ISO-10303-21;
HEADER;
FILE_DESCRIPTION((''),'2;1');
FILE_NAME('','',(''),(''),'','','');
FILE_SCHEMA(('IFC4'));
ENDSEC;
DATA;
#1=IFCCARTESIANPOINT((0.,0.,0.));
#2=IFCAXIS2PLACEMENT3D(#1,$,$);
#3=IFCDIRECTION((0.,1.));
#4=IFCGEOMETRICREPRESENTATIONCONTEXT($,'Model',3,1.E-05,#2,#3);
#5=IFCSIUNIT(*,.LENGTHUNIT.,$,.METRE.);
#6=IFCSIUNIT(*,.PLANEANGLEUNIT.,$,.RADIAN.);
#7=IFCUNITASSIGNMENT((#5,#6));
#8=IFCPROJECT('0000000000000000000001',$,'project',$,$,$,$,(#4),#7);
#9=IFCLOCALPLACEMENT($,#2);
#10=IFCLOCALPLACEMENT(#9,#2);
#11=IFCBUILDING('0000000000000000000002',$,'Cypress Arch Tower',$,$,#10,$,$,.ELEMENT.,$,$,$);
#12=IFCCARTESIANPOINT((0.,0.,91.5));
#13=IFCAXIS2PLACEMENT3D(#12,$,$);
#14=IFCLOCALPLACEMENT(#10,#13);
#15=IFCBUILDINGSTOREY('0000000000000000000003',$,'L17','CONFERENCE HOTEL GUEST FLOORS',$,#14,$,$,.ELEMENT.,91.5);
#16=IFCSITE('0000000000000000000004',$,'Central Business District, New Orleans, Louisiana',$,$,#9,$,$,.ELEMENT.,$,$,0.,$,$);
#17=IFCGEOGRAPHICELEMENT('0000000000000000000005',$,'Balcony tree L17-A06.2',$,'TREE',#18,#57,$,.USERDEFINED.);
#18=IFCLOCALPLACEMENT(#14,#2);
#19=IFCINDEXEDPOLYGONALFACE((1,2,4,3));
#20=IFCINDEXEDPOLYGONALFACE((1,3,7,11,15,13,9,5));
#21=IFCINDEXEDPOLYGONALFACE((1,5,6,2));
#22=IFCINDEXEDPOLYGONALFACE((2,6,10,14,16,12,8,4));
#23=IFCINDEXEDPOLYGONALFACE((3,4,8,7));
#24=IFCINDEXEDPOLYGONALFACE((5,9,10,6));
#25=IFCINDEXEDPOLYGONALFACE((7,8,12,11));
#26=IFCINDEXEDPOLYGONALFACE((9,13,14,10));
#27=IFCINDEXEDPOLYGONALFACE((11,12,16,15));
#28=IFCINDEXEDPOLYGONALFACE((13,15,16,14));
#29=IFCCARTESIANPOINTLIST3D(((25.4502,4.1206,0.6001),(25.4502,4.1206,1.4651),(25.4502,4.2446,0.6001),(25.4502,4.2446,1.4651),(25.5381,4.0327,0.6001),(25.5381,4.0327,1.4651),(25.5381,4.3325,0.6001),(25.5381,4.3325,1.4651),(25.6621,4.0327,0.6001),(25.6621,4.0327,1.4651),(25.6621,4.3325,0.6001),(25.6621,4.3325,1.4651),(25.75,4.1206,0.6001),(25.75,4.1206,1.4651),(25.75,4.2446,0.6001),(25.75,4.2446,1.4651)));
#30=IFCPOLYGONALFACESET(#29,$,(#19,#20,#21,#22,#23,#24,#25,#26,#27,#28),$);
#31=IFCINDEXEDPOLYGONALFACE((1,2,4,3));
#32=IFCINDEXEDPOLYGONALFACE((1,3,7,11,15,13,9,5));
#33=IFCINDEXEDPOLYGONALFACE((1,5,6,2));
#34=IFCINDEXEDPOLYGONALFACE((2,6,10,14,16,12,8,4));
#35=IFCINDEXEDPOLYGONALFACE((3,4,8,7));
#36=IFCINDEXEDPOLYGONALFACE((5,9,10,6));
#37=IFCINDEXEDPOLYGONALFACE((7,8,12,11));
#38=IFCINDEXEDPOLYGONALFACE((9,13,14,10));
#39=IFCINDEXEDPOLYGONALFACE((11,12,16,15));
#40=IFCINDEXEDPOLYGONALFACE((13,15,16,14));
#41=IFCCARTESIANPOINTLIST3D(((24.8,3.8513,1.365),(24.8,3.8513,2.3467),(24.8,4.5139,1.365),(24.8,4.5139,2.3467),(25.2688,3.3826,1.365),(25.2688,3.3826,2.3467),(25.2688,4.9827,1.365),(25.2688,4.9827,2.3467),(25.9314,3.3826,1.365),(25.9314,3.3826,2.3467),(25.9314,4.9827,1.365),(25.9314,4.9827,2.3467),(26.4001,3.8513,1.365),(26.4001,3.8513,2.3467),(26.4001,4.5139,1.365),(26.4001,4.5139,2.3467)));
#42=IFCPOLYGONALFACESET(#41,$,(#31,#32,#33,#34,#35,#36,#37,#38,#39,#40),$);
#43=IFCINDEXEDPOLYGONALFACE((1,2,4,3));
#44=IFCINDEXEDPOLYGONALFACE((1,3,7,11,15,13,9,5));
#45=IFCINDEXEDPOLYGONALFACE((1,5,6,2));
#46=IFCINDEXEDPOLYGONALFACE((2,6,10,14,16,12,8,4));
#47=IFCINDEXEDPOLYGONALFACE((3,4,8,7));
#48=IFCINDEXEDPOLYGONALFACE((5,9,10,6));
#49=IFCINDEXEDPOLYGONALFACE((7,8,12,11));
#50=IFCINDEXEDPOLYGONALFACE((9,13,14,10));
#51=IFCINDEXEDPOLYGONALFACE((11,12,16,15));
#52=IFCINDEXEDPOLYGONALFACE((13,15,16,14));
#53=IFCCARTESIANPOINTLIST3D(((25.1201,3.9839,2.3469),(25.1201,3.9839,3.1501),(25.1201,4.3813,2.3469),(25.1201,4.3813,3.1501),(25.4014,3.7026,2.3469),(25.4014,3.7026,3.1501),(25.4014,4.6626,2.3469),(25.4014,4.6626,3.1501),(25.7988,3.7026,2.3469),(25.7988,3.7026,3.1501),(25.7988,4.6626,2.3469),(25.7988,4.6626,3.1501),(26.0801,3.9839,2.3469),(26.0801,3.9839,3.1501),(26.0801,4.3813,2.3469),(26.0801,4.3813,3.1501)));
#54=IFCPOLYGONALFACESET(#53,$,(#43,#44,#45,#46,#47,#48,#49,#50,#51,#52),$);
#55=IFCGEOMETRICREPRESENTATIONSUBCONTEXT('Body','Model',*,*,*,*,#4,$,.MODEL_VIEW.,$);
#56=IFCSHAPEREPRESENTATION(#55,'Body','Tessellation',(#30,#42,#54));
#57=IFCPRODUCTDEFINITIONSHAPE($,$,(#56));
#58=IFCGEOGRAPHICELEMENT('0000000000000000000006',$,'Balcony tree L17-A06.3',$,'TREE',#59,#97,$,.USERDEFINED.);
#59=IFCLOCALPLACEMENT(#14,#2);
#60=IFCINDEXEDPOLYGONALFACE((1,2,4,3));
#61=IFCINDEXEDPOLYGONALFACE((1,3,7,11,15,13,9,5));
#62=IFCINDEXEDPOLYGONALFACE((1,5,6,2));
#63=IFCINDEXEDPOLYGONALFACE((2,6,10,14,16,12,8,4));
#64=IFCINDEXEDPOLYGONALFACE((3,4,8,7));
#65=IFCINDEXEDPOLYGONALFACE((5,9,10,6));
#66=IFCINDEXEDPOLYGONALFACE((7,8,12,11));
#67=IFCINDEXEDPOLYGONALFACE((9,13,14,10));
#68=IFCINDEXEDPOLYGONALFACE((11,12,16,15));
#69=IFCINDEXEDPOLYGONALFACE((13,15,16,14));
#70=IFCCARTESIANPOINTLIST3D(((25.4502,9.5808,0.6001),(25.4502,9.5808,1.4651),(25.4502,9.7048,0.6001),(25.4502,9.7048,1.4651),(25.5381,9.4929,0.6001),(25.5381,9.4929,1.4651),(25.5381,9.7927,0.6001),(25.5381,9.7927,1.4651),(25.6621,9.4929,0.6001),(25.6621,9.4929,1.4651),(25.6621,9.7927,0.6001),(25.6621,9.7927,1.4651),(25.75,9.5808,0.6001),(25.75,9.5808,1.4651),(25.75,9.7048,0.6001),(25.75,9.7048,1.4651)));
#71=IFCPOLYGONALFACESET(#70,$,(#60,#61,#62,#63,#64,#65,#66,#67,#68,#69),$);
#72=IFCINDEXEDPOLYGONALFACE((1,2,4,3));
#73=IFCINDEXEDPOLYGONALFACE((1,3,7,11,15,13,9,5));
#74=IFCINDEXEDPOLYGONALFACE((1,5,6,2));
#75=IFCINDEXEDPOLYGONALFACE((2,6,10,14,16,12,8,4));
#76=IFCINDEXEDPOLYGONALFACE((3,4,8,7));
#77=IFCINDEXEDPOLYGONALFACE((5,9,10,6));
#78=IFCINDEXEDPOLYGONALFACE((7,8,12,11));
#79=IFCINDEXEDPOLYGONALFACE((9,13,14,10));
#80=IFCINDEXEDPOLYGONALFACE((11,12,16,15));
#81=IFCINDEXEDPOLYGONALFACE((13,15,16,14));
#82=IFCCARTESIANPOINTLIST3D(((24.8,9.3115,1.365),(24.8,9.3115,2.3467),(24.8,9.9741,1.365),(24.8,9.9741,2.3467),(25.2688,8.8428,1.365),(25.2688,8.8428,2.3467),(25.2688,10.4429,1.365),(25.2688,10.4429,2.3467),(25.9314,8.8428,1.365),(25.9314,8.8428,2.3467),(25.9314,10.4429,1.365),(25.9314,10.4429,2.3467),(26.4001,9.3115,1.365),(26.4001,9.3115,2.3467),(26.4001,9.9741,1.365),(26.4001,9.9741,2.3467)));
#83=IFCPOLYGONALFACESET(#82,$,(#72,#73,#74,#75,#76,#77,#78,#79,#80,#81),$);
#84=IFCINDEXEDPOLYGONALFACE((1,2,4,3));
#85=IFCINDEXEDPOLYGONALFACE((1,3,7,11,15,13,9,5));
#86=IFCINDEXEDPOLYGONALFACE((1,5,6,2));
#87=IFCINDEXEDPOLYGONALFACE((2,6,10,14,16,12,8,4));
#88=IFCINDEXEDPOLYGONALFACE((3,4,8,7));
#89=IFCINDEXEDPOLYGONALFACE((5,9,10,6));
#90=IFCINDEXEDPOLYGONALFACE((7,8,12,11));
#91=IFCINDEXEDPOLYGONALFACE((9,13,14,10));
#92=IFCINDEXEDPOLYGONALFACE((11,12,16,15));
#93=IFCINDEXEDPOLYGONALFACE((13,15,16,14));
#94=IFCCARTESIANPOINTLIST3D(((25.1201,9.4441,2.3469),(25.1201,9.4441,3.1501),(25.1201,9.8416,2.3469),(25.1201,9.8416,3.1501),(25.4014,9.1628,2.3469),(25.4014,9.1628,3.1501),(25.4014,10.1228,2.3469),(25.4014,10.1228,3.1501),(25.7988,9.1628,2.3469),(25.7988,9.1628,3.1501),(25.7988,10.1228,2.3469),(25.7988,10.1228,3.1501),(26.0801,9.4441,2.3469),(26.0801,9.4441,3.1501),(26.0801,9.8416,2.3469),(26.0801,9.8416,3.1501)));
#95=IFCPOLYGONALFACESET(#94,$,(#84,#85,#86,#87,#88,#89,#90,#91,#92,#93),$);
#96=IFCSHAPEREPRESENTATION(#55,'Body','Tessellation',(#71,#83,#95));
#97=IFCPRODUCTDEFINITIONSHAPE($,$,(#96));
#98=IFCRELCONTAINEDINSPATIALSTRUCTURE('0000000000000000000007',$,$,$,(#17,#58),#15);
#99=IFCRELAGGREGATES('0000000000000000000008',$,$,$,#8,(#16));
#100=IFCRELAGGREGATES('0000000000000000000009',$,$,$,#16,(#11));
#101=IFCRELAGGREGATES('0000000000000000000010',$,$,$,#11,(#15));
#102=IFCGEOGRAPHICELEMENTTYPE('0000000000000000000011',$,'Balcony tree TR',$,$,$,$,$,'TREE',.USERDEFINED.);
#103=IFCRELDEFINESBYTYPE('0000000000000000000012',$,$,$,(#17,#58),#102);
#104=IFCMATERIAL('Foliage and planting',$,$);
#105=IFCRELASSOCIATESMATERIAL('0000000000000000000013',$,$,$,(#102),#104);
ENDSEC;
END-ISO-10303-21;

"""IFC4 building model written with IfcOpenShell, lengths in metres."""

from ifc_helpers import new_model, si_unit, direction, frame, origin, place, context, subcontext, project, spatial, polyline, outline, extrude, material, type_object, element, save


model = new_model("IFC4")

# Units and contexts
model_context = context("Model", 3, precision=1e-05, world=origin(), true_north=direction((0.0, 1.0)))
body_context = subcontext(model_context, "Body", "Model", "MODEL_VIEW")
ifc_project = project(units=[si_unit("LENGTHUNIT", "METRE"), si_unit("PLANEANGLEUNIT", "RADIAN")], contexts=[model_context])

# Site, building, storey
site_placement = place(None, origin())
site = spatial("IfcSite", under=ifc_project, at=site_placement, Name="Central Business District, New Orleans, Louisiana", CompositionType="ELEMENT", RefElevation=0.0)
building_placement = place(site_placement, origin())
building = spatial("IfcBuilding", under=site, at=building_placement, Name="Cypress Arch Tower", CompositionType="ELEMENT")
storey_placement = place(building_placement, frame((0.0, 0.0, 91.5)))
storey = spatial("IfcBuildingStorey", under=building, at=storey_placement, Name="L17", Description="CONFERENCE HOTEL GUEST FLOORS", CompositionType="ELEMENT", Elevation=91.5)

# Geographic elements
ifc_material_1 = material(Name="Foliage and planting")
geographic_element_type = type_object("IfcGeographicElementType", Name="Balcony tree TR", ElementType="TREE", PredefinedType="USERDEFINED", material=ifc_material_1)
for number, where, z_axis, x_axis, name in (
    (1, (25.6001, 4.1826, 0.6001), (0.0, 0.0, 1.0), (1.0, 0.0, 0.0), "Balcony tree L17-A06.2"),
    (2, (25.6001, 9.6428, 0.6001), (0.0, 0.0, 1.0), (1.0, 0.0, 0.0), "Balcony tree L17-A06.3"),
):
    element("IfcGeographicElement", number, at=place(storey_placement, frame(where, z_axis=z_axis, x_axis=x_axis)), inside=storey, type_object=geographic_element_type, Name=name, ObjectType="TREE", PredefinedType="USERDEFINED", context=body_context, shape_type="SweptSolid", body=[
        extrude(outline(polyline([(0.1499, 0.062), (0.062, 0.1499), (-0.062, 0.1499), (-0.1499, 0.062), (-0.1499, -0.062), (-0.062, -0.1499), (0.062, -0.1499), (0.1499, -0.062), (0.1499, 0.062)])), origin(), (0.0, 0.0, 1.0), 0.865),
        extrude(outline(polyline([(0.8, 0.3313), (0.3313, 0.8), (-0.3313, 0.8), (-0.8, 0.3313), (-0.8, -0.3313), (-0.3313, -0.8), (0.3313, -0.8), (0.8, -0.3313), (0.8, 0.3313)])), frame((0.0, 0.0, 0.7649)), (0.0, 0.0, 1.0), 0.9817),
        extrude(outline(polyline([(0.48, 0.1987), (0.1987, 0.48), (-0.1987, 0.48), (-0.48, 0.1987), (-0.48, -0.1987), (-0.1987, -0.48), (0.1987, -0.48), (0.48, -0.1987), (0.48, 0.1987)])), frame((0.0, 0.0, 1.7468)), (0.0, 0.0, 1.0), 0.8032),
    ])

save(model, "model.ifc")
